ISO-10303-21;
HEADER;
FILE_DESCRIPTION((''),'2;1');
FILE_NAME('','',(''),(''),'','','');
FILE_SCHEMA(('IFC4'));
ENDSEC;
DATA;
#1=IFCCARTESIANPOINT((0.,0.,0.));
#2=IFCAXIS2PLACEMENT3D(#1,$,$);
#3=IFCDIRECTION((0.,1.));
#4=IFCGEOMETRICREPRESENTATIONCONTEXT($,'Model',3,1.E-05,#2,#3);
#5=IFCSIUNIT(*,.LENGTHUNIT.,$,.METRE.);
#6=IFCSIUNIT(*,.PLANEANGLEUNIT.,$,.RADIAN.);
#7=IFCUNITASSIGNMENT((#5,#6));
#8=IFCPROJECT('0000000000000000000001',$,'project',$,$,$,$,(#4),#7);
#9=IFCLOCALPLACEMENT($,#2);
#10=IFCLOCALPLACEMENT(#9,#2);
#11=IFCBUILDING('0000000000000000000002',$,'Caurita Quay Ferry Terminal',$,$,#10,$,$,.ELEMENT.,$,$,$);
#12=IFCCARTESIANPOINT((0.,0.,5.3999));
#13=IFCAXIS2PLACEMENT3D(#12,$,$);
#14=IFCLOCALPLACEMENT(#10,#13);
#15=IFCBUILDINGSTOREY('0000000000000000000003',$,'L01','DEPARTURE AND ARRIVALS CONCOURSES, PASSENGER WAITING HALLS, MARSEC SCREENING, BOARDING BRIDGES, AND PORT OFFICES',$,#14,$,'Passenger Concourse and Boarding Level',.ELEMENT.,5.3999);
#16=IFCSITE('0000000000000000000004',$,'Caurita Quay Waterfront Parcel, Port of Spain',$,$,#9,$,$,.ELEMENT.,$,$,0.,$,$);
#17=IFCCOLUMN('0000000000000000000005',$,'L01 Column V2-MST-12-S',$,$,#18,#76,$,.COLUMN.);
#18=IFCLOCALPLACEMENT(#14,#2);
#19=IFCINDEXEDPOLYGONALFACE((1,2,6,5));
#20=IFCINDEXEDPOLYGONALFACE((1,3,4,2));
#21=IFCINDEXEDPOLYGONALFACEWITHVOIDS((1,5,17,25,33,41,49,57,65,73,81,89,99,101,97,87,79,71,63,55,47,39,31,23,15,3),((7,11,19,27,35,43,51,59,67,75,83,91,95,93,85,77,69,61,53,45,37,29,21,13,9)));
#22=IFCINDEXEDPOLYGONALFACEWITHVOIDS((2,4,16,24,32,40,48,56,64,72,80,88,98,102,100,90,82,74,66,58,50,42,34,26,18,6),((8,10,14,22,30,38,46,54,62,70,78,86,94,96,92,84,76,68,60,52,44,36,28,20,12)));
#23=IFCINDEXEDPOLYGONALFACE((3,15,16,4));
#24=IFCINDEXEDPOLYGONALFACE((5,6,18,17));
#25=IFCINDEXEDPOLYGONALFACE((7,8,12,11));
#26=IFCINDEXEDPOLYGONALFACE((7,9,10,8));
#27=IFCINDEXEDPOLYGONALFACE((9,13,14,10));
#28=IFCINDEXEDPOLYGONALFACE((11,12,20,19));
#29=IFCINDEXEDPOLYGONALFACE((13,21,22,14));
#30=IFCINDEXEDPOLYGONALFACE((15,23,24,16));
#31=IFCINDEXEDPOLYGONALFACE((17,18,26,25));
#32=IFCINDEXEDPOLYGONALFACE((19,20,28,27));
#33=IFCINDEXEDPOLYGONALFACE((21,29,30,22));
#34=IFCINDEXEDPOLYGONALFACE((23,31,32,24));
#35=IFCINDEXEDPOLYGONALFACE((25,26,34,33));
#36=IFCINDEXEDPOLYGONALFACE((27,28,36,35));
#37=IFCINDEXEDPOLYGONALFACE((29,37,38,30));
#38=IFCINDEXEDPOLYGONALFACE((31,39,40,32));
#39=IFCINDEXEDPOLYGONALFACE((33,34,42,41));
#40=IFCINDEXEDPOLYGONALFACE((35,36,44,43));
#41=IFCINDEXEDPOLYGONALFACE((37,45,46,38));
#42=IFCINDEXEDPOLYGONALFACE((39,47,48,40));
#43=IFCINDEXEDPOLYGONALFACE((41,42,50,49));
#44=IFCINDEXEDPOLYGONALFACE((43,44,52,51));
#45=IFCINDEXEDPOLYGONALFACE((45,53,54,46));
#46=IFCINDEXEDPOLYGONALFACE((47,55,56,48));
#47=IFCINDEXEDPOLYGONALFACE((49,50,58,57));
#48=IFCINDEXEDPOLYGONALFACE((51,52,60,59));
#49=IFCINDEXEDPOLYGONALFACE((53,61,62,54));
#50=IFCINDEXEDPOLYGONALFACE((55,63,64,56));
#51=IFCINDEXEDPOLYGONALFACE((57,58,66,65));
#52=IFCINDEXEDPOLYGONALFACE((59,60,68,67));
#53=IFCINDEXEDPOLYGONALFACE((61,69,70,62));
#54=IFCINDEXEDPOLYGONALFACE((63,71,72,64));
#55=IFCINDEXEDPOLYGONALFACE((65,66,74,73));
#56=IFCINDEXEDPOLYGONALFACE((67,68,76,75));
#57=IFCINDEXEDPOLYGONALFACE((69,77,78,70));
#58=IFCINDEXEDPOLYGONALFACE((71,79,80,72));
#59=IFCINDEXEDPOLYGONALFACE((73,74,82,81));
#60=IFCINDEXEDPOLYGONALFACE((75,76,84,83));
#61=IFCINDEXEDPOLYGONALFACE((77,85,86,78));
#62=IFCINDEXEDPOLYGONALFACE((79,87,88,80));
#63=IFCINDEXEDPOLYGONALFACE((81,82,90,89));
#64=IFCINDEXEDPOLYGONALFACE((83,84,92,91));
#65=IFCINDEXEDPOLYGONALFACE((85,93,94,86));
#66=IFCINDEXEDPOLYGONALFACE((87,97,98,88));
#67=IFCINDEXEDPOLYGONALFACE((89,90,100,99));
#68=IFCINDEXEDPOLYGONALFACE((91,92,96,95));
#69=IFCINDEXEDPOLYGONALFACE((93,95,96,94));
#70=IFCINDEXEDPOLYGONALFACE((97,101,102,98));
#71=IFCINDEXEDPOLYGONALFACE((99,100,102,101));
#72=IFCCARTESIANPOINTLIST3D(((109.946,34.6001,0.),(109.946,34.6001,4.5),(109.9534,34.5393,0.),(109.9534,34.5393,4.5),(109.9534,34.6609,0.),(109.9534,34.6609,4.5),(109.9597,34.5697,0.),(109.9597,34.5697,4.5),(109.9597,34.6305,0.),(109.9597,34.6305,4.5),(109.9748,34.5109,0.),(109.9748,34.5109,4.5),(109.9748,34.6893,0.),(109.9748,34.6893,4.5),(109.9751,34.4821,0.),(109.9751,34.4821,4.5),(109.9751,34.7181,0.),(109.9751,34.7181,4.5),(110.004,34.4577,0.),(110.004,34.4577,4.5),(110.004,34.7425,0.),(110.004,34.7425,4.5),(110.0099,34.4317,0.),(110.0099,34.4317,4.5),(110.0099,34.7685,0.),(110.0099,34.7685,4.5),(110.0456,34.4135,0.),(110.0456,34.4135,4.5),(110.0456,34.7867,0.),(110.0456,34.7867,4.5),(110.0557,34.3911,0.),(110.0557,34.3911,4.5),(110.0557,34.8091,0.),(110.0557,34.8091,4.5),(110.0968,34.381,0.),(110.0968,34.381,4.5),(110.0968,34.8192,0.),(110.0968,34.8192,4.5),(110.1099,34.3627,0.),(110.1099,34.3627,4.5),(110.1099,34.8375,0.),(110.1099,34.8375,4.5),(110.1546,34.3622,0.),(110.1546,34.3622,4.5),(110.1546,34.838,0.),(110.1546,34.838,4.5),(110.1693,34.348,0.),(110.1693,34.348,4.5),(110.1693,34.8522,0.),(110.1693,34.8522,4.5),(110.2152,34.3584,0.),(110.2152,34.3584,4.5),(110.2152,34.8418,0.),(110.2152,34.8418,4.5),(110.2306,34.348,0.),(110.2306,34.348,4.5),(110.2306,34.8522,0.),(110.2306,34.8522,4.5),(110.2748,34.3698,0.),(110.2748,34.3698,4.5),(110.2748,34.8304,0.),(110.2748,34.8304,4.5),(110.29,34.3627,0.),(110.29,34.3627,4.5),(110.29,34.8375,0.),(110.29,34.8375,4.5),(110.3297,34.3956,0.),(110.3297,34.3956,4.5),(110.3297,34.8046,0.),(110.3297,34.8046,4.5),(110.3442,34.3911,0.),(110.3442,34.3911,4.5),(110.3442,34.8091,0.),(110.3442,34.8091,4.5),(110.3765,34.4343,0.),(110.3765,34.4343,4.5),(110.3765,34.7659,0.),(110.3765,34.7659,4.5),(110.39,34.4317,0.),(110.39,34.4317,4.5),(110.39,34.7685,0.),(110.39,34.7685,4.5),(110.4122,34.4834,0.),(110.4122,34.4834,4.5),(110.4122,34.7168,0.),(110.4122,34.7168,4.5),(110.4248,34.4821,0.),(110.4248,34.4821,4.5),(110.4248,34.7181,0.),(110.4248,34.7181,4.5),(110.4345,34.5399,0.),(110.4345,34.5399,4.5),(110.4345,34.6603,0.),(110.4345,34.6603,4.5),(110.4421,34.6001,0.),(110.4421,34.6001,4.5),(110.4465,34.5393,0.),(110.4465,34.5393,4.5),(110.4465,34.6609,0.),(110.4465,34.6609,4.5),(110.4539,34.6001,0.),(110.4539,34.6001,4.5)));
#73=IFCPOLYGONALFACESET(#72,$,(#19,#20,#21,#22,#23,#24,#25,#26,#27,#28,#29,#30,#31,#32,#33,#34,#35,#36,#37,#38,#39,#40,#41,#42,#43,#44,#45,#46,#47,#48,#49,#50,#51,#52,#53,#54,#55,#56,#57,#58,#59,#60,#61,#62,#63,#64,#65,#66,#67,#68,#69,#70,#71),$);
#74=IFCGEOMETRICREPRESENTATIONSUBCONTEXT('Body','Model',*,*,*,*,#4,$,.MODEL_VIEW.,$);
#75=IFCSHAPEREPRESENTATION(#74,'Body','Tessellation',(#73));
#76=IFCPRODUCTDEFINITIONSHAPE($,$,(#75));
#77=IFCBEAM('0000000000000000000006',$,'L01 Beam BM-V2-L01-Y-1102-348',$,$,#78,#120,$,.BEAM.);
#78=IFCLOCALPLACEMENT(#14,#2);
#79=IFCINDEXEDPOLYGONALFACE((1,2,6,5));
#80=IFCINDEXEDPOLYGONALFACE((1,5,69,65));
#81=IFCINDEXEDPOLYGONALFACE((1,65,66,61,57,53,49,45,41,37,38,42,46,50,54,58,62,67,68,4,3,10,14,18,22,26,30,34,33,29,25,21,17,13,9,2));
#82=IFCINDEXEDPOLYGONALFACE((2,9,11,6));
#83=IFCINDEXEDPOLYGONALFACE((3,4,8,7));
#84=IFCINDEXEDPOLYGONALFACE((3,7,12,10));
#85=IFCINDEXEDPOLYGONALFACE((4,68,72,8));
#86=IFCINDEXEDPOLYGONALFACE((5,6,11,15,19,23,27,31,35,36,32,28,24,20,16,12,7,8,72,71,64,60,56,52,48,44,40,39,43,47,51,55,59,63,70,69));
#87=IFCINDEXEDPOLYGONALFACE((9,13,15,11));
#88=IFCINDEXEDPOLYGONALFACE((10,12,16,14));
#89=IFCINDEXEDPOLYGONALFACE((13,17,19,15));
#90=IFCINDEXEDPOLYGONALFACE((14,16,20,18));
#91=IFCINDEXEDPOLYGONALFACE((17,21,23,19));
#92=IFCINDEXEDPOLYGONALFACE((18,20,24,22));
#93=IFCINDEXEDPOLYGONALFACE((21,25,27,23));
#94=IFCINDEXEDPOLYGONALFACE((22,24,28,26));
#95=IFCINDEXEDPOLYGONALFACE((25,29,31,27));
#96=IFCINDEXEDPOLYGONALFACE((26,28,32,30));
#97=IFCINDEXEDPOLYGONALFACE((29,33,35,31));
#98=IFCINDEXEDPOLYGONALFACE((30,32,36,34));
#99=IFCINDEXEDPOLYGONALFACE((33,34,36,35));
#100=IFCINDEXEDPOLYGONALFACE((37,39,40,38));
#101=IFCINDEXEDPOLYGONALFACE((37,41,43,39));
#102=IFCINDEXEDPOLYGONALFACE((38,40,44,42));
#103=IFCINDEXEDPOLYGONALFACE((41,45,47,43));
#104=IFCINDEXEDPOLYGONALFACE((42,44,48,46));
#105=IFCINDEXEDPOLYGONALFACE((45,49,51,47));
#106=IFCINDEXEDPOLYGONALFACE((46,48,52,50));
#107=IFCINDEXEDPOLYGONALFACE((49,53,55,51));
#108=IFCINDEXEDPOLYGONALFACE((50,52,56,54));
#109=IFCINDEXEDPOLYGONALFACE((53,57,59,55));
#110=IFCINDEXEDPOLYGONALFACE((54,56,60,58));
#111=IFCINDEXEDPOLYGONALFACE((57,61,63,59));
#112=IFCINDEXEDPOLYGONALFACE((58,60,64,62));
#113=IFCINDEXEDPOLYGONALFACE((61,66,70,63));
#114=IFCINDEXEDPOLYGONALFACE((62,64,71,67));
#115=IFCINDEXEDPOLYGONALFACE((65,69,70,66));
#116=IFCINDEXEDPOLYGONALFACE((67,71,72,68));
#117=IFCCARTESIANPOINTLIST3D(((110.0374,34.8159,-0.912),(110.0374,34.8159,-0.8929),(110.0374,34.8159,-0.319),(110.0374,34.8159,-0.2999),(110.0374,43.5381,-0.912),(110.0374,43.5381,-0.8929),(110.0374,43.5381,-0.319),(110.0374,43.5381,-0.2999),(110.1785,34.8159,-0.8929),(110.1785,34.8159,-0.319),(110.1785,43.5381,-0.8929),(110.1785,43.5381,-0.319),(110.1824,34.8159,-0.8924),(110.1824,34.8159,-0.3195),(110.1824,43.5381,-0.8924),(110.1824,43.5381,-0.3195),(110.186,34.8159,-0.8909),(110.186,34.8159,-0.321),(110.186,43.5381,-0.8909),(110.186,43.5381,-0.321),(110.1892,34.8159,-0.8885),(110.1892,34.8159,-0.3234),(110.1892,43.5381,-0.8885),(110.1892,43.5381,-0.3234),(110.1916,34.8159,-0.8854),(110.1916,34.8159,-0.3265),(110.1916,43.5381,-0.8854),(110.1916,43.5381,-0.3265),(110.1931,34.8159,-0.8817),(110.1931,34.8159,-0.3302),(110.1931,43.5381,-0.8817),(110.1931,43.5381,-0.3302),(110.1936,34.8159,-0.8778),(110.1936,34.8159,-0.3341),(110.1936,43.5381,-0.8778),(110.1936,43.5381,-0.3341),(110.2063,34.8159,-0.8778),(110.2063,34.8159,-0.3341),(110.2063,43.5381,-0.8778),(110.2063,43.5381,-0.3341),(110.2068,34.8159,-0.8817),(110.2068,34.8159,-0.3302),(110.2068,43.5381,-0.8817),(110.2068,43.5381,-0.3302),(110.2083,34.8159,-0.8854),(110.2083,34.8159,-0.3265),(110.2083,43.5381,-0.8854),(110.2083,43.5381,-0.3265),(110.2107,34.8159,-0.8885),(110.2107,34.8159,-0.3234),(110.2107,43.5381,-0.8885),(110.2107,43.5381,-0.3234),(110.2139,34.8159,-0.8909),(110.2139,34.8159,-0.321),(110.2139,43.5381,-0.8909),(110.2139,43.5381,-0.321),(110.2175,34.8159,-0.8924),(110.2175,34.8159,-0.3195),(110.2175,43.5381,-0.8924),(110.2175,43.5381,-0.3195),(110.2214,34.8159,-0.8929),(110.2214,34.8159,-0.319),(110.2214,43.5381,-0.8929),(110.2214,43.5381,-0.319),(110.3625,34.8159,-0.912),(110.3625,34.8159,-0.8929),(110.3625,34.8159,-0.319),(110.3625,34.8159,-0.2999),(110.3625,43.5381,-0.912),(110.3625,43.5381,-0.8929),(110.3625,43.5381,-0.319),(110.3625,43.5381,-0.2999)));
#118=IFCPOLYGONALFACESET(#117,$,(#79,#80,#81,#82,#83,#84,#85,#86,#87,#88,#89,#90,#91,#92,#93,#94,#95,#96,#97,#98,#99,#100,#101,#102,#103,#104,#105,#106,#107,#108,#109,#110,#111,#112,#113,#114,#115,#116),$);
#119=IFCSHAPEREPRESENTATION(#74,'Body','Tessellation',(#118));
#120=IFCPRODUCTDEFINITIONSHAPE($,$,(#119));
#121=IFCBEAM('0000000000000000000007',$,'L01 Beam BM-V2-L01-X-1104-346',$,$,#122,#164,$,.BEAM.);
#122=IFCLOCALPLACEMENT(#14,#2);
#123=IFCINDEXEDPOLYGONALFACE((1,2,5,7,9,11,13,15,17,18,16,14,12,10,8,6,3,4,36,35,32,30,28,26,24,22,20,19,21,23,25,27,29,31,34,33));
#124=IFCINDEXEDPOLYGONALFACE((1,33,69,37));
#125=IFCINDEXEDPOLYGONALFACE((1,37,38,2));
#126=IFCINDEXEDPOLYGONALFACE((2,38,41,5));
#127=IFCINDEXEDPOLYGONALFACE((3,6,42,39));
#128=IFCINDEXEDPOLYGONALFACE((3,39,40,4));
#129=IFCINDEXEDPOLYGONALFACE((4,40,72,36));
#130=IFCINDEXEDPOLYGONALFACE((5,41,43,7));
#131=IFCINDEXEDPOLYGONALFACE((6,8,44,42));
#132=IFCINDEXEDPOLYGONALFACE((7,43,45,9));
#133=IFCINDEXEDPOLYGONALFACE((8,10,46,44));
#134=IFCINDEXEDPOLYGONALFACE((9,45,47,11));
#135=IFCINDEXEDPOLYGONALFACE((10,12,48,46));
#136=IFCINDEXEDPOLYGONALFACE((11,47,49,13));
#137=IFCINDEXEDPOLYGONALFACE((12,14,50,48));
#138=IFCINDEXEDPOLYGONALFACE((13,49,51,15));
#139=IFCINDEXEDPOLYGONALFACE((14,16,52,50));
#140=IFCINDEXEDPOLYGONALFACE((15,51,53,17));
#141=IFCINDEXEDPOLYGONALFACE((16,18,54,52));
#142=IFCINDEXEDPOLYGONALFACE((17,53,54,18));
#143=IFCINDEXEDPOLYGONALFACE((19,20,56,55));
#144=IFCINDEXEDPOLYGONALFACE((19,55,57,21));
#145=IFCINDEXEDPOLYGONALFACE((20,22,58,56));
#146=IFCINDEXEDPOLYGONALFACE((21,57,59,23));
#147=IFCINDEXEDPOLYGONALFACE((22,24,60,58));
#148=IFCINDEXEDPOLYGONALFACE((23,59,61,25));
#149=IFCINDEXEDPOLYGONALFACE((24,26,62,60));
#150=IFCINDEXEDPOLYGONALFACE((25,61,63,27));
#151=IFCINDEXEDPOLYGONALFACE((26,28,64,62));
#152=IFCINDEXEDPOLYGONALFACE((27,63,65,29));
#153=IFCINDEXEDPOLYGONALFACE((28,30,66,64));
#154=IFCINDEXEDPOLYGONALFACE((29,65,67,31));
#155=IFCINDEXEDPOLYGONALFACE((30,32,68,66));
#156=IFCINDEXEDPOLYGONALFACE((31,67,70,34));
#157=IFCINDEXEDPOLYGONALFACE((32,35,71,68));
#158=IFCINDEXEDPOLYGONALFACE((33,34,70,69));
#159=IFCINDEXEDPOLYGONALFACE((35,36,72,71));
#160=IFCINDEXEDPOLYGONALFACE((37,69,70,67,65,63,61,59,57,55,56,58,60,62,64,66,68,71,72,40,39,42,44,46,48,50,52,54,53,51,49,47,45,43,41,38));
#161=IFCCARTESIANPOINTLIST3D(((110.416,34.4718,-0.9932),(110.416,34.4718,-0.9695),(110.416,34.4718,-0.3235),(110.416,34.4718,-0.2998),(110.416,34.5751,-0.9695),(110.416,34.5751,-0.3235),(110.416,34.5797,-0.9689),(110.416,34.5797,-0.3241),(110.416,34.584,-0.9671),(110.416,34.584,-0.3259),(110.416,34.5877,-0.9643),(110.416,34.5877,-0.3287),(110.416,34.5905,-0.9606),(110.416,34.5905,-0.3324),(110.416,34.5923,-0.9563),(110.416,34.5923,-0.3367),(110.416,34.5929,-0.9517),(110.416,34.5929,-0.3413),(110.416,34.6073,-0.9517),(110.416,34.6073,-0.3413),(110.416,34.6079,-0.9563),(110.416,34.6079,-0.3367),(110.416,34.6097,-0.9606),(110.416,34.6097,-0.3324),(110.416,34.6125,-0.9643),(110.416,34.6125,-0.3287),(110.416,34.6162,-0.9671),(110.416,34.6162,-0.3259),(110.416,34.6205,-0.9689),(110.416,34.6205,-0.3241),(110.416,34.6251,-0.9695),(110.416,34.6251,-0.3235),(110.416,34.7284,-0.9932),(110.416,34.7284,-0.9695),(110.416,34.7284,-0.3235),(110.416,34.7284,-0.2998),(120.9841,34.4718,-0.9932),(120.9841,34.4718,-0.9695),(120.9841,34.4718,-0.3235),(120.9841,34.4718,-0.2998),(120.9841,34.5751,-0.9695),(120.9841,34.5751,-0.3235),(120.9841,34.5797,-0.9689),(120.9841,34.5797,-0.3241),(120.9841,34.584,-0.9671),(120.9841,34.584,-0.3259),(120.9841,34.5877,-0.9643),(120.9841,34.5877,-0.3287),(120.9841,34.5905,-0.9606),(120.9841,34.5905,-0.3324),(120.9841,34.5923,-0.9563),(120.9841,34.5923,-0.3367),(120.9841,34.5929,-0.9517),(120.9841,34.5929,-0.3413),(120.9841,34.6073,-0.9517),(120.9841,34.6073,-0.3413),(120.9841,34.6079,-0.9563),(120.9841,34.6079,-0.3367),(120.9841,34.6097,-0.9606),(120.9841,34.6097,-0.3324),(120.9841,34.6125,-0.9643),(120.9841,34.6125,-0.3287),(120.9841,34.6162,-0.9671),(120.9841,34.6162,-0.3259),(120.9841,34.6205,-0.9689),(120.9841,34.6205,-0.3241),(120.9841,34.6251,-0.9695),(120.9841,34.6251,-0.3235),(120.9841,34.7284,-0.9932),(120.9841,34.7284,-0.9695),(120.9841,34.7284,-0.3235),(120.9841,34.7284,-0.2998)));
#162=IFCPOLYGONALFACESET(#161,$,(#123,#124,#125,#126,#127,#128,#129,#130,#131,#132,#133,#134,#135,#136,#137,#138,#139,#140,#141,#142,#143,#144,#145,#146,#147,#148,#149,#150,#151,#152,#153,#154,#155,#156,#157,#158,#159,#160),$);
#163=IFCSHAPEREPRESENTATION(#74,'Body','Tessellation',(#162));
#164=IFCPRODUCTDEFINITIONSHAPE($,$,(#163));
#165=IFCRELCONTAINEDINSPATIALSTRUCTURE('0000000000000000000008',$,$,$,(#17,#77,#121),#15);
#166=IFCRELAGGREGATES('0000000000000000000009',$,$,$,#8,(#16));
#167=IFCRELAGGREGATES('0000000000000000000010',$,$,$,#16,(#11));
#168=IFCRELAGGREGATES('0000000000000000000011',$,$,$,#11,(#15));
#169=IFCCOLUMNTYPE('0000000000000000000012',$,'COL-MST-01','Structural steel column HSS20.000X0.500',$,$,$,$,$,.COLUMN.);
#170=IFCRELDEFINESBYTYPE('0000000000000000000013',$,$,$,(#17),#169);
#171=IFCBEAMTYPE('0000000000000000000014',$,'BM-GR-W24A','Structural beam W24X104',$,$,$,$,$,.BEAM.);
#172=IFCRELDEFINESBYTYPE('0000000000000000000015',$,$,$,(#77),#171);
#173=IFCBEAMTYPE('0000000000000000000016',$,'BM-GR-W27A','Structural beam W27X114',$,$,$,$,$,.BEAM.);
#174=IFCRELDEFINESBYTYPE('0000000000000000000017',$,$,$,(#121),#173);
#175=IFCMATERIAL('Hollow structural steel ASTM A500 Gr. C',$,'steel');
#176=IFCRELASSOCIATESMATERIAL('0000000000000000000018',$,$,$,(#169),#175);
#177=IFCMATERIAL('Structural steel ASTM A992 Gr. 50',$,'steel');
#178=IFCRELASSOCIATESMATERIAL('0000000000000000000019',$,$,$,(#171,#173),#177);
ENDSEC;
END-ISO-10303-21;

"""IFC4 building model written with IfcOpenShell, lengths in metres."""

from ifc_helpers import new_model, si_unit, direction, frame, origin, origin_2d, place, context, subcontext, project, spatial, hollow_circle, i_section, extrude, material, material_profile, profile_set, type_object, element, save


model = new_model("IFC4")

# Units and contexts
model_context = context("Model", 3, precision=1e-05, world=origin(), true_north=direction((0.0, 1.0)))
body_context = subcontext(model_context, "Body", "Model", "MODEL_VIEW")
ifc_project = project(units=[si_unit("LENGTHUNIT", "METRE"), si_unit("PLANEANGLEUNIT", "RADIAN")], contexts=[model_context])

# Site, building, storey
site_placement = place(None, origin())
site = spatial("IfcSite", under=ifc_project, at=site_placement, Name="Caurita Quay Waterfront Parcel, Port of Spain", CompositionType="ELEMENT", RefElevation=0.0)
building_placement = place(site_placement, origin())
building = spatial("IfcBuilding", under=site, at=building_placement, Name="Caurita Quay Ferry Terminal", CompositionType="ELEMENT")
storey_placement = place(building_placement, frame((0.0, 0.0, 5.3999)))
storey = spatial("IfcBuildingStorey", under=building, at=storey_placement, Name="L01", Description="DEPARTURE AND ARRIVALS CONCOURSES, PASSENGER WAITING HALLS, MARSEC SCREENING, BOARDING BRIDGES, AND PORT OFFICES", LongName="Passenger Concourse and Boarding Level", CompositionType="ELEMENT", Elevation=5.3999)

# Column
ifc_material_1 = material(Name="Hollow structural steel ASTM A500 Gr. C", Category="steel")
ifc_material_profile_1 = material_profile(ifc_material_1, hollow_circle(Radius=0.2539, WallThickness=0.0117, at=origin_2d()), Name="HSS20.000X0.500")
ifc_profile_set_1 = profile_set([ifc_material_profile_1], Name="Hollow structural steel ASTM A500 Gr. C")
column_type = type_object("IfcColumnType", Name="COL-MST-01", Description="Structural steel column HSS20.000X0.500", PredefinedType="COLUMN", material=ifc_profile_set_1)
column_placement = place(storey_placement, frame((110.2, 34.6001, 0.0), z_axis=(0.0, 0.0, 1.0), x_axis=(1.0, 0.0, 0.0)))
element("IfcColumn", 1, at=column_placement, inside=storey, type_object=column_type, Name="L01 Column V2-MST-12-S", PredefinedType="COLUMN", context=body_context, shape_type="SweptSolid", body=[
    extrude(hollow_circle(Radius=0.2539, WallThickness=0.0117, at=origin_2d()), origin(), (0.0, 0.0, 1.0), 4.5),
])

# Beams
ifc_material_2 = material(Name="Structural steel ASTM A992 Gr. 50", Category="steel")
ifc_material_profile_2 = material_profile(ifc_material_2, i_section(OverallWidth=0.3252, OverallDepth=0.6121, WebThickness=0.0127, FlangeThickness=0.019, FilletRadius=0.0151, at=origin_2d()), Name="W24X104")
ifc_profile_set_2 = profile_set([ifc_material_profile_2], Name="Structural steel ASTM A992 Gr. 50")
beam_type_1 = type_object("IfcBeamType", Name="BM-GR-W24A", Description="Structural beam W24X104", PredefinedType="BEAM", material=ifc_profile_set_2)
beam_1_placement = place(storey_placement, frame((110.2, 34.8159, -0.606), z_axis=(0.0, 1.0, 0.0), x_axis=(-1.0, 0.0, 0.0)))
element("IfcBeam", 2, at=beam_1_placement, inside=storey, type_object=beam_type_1, Name="L01 Beam BM-V2-L01-Y-1102-348", PredefinedType="BEAM", context=body_context, shape_type="SweptSolid", body=[
    extrude(i_section(OverallWidth=0.3252, OverallDepth=0.6121, WebThickness=0.0127, FlangeThickness=0.019, FilletRadius=0.0151, at=origin_2d()), origin(), (0.0, 0.0, 1.0), 8.7222),
])
ifc_material_profile_3 = material_profile(ifc_material_2, i_section(OverallWidth=0.2566, OverallDepth=0.6934, WebThickness=0.0144, FlangeThickness=0.0237, FilletRadius=0.0178, at=origin_2d()), Name="W27X114")
ifc_profile_set_3 = profile_set([ifc_material_profile_3], Name="Structural steel ASTM A992 Gr. 50")
beam_type_2 = type_object("IfcBeamType", Name="BM-GR-W27A", Description="Structural beam W27X114", PredefinedType="BEAM", material=ifc_profile_set_3)
beam_2_placement = place(storey_placement, frame((110.416, 34.6001, -0.6465), z_axis=(1.0, 0.0, 0.0), x_axis=(0.0, 1.0, 0.0)))
element("IfcBeam", 3, at=beam_2_placement, inside=storey, type_object=beam_type_2, Name="L01 Beam BM-V2-L01-X-1104-346", PredefinedType="BEAM", context=body_context, shape_type="SweptSolid", body=[
    extrude(i_section(OverallWidth=0.2566, OverallDepth=0.6934, WebThickness=0.0144, FlangeThickness=0.0237, FilletRadius=0.0178, at=origin_2d()), origin(), (0.0, 0.0, 1.0), 10.5681),
])

save(model, "model.ifc")
